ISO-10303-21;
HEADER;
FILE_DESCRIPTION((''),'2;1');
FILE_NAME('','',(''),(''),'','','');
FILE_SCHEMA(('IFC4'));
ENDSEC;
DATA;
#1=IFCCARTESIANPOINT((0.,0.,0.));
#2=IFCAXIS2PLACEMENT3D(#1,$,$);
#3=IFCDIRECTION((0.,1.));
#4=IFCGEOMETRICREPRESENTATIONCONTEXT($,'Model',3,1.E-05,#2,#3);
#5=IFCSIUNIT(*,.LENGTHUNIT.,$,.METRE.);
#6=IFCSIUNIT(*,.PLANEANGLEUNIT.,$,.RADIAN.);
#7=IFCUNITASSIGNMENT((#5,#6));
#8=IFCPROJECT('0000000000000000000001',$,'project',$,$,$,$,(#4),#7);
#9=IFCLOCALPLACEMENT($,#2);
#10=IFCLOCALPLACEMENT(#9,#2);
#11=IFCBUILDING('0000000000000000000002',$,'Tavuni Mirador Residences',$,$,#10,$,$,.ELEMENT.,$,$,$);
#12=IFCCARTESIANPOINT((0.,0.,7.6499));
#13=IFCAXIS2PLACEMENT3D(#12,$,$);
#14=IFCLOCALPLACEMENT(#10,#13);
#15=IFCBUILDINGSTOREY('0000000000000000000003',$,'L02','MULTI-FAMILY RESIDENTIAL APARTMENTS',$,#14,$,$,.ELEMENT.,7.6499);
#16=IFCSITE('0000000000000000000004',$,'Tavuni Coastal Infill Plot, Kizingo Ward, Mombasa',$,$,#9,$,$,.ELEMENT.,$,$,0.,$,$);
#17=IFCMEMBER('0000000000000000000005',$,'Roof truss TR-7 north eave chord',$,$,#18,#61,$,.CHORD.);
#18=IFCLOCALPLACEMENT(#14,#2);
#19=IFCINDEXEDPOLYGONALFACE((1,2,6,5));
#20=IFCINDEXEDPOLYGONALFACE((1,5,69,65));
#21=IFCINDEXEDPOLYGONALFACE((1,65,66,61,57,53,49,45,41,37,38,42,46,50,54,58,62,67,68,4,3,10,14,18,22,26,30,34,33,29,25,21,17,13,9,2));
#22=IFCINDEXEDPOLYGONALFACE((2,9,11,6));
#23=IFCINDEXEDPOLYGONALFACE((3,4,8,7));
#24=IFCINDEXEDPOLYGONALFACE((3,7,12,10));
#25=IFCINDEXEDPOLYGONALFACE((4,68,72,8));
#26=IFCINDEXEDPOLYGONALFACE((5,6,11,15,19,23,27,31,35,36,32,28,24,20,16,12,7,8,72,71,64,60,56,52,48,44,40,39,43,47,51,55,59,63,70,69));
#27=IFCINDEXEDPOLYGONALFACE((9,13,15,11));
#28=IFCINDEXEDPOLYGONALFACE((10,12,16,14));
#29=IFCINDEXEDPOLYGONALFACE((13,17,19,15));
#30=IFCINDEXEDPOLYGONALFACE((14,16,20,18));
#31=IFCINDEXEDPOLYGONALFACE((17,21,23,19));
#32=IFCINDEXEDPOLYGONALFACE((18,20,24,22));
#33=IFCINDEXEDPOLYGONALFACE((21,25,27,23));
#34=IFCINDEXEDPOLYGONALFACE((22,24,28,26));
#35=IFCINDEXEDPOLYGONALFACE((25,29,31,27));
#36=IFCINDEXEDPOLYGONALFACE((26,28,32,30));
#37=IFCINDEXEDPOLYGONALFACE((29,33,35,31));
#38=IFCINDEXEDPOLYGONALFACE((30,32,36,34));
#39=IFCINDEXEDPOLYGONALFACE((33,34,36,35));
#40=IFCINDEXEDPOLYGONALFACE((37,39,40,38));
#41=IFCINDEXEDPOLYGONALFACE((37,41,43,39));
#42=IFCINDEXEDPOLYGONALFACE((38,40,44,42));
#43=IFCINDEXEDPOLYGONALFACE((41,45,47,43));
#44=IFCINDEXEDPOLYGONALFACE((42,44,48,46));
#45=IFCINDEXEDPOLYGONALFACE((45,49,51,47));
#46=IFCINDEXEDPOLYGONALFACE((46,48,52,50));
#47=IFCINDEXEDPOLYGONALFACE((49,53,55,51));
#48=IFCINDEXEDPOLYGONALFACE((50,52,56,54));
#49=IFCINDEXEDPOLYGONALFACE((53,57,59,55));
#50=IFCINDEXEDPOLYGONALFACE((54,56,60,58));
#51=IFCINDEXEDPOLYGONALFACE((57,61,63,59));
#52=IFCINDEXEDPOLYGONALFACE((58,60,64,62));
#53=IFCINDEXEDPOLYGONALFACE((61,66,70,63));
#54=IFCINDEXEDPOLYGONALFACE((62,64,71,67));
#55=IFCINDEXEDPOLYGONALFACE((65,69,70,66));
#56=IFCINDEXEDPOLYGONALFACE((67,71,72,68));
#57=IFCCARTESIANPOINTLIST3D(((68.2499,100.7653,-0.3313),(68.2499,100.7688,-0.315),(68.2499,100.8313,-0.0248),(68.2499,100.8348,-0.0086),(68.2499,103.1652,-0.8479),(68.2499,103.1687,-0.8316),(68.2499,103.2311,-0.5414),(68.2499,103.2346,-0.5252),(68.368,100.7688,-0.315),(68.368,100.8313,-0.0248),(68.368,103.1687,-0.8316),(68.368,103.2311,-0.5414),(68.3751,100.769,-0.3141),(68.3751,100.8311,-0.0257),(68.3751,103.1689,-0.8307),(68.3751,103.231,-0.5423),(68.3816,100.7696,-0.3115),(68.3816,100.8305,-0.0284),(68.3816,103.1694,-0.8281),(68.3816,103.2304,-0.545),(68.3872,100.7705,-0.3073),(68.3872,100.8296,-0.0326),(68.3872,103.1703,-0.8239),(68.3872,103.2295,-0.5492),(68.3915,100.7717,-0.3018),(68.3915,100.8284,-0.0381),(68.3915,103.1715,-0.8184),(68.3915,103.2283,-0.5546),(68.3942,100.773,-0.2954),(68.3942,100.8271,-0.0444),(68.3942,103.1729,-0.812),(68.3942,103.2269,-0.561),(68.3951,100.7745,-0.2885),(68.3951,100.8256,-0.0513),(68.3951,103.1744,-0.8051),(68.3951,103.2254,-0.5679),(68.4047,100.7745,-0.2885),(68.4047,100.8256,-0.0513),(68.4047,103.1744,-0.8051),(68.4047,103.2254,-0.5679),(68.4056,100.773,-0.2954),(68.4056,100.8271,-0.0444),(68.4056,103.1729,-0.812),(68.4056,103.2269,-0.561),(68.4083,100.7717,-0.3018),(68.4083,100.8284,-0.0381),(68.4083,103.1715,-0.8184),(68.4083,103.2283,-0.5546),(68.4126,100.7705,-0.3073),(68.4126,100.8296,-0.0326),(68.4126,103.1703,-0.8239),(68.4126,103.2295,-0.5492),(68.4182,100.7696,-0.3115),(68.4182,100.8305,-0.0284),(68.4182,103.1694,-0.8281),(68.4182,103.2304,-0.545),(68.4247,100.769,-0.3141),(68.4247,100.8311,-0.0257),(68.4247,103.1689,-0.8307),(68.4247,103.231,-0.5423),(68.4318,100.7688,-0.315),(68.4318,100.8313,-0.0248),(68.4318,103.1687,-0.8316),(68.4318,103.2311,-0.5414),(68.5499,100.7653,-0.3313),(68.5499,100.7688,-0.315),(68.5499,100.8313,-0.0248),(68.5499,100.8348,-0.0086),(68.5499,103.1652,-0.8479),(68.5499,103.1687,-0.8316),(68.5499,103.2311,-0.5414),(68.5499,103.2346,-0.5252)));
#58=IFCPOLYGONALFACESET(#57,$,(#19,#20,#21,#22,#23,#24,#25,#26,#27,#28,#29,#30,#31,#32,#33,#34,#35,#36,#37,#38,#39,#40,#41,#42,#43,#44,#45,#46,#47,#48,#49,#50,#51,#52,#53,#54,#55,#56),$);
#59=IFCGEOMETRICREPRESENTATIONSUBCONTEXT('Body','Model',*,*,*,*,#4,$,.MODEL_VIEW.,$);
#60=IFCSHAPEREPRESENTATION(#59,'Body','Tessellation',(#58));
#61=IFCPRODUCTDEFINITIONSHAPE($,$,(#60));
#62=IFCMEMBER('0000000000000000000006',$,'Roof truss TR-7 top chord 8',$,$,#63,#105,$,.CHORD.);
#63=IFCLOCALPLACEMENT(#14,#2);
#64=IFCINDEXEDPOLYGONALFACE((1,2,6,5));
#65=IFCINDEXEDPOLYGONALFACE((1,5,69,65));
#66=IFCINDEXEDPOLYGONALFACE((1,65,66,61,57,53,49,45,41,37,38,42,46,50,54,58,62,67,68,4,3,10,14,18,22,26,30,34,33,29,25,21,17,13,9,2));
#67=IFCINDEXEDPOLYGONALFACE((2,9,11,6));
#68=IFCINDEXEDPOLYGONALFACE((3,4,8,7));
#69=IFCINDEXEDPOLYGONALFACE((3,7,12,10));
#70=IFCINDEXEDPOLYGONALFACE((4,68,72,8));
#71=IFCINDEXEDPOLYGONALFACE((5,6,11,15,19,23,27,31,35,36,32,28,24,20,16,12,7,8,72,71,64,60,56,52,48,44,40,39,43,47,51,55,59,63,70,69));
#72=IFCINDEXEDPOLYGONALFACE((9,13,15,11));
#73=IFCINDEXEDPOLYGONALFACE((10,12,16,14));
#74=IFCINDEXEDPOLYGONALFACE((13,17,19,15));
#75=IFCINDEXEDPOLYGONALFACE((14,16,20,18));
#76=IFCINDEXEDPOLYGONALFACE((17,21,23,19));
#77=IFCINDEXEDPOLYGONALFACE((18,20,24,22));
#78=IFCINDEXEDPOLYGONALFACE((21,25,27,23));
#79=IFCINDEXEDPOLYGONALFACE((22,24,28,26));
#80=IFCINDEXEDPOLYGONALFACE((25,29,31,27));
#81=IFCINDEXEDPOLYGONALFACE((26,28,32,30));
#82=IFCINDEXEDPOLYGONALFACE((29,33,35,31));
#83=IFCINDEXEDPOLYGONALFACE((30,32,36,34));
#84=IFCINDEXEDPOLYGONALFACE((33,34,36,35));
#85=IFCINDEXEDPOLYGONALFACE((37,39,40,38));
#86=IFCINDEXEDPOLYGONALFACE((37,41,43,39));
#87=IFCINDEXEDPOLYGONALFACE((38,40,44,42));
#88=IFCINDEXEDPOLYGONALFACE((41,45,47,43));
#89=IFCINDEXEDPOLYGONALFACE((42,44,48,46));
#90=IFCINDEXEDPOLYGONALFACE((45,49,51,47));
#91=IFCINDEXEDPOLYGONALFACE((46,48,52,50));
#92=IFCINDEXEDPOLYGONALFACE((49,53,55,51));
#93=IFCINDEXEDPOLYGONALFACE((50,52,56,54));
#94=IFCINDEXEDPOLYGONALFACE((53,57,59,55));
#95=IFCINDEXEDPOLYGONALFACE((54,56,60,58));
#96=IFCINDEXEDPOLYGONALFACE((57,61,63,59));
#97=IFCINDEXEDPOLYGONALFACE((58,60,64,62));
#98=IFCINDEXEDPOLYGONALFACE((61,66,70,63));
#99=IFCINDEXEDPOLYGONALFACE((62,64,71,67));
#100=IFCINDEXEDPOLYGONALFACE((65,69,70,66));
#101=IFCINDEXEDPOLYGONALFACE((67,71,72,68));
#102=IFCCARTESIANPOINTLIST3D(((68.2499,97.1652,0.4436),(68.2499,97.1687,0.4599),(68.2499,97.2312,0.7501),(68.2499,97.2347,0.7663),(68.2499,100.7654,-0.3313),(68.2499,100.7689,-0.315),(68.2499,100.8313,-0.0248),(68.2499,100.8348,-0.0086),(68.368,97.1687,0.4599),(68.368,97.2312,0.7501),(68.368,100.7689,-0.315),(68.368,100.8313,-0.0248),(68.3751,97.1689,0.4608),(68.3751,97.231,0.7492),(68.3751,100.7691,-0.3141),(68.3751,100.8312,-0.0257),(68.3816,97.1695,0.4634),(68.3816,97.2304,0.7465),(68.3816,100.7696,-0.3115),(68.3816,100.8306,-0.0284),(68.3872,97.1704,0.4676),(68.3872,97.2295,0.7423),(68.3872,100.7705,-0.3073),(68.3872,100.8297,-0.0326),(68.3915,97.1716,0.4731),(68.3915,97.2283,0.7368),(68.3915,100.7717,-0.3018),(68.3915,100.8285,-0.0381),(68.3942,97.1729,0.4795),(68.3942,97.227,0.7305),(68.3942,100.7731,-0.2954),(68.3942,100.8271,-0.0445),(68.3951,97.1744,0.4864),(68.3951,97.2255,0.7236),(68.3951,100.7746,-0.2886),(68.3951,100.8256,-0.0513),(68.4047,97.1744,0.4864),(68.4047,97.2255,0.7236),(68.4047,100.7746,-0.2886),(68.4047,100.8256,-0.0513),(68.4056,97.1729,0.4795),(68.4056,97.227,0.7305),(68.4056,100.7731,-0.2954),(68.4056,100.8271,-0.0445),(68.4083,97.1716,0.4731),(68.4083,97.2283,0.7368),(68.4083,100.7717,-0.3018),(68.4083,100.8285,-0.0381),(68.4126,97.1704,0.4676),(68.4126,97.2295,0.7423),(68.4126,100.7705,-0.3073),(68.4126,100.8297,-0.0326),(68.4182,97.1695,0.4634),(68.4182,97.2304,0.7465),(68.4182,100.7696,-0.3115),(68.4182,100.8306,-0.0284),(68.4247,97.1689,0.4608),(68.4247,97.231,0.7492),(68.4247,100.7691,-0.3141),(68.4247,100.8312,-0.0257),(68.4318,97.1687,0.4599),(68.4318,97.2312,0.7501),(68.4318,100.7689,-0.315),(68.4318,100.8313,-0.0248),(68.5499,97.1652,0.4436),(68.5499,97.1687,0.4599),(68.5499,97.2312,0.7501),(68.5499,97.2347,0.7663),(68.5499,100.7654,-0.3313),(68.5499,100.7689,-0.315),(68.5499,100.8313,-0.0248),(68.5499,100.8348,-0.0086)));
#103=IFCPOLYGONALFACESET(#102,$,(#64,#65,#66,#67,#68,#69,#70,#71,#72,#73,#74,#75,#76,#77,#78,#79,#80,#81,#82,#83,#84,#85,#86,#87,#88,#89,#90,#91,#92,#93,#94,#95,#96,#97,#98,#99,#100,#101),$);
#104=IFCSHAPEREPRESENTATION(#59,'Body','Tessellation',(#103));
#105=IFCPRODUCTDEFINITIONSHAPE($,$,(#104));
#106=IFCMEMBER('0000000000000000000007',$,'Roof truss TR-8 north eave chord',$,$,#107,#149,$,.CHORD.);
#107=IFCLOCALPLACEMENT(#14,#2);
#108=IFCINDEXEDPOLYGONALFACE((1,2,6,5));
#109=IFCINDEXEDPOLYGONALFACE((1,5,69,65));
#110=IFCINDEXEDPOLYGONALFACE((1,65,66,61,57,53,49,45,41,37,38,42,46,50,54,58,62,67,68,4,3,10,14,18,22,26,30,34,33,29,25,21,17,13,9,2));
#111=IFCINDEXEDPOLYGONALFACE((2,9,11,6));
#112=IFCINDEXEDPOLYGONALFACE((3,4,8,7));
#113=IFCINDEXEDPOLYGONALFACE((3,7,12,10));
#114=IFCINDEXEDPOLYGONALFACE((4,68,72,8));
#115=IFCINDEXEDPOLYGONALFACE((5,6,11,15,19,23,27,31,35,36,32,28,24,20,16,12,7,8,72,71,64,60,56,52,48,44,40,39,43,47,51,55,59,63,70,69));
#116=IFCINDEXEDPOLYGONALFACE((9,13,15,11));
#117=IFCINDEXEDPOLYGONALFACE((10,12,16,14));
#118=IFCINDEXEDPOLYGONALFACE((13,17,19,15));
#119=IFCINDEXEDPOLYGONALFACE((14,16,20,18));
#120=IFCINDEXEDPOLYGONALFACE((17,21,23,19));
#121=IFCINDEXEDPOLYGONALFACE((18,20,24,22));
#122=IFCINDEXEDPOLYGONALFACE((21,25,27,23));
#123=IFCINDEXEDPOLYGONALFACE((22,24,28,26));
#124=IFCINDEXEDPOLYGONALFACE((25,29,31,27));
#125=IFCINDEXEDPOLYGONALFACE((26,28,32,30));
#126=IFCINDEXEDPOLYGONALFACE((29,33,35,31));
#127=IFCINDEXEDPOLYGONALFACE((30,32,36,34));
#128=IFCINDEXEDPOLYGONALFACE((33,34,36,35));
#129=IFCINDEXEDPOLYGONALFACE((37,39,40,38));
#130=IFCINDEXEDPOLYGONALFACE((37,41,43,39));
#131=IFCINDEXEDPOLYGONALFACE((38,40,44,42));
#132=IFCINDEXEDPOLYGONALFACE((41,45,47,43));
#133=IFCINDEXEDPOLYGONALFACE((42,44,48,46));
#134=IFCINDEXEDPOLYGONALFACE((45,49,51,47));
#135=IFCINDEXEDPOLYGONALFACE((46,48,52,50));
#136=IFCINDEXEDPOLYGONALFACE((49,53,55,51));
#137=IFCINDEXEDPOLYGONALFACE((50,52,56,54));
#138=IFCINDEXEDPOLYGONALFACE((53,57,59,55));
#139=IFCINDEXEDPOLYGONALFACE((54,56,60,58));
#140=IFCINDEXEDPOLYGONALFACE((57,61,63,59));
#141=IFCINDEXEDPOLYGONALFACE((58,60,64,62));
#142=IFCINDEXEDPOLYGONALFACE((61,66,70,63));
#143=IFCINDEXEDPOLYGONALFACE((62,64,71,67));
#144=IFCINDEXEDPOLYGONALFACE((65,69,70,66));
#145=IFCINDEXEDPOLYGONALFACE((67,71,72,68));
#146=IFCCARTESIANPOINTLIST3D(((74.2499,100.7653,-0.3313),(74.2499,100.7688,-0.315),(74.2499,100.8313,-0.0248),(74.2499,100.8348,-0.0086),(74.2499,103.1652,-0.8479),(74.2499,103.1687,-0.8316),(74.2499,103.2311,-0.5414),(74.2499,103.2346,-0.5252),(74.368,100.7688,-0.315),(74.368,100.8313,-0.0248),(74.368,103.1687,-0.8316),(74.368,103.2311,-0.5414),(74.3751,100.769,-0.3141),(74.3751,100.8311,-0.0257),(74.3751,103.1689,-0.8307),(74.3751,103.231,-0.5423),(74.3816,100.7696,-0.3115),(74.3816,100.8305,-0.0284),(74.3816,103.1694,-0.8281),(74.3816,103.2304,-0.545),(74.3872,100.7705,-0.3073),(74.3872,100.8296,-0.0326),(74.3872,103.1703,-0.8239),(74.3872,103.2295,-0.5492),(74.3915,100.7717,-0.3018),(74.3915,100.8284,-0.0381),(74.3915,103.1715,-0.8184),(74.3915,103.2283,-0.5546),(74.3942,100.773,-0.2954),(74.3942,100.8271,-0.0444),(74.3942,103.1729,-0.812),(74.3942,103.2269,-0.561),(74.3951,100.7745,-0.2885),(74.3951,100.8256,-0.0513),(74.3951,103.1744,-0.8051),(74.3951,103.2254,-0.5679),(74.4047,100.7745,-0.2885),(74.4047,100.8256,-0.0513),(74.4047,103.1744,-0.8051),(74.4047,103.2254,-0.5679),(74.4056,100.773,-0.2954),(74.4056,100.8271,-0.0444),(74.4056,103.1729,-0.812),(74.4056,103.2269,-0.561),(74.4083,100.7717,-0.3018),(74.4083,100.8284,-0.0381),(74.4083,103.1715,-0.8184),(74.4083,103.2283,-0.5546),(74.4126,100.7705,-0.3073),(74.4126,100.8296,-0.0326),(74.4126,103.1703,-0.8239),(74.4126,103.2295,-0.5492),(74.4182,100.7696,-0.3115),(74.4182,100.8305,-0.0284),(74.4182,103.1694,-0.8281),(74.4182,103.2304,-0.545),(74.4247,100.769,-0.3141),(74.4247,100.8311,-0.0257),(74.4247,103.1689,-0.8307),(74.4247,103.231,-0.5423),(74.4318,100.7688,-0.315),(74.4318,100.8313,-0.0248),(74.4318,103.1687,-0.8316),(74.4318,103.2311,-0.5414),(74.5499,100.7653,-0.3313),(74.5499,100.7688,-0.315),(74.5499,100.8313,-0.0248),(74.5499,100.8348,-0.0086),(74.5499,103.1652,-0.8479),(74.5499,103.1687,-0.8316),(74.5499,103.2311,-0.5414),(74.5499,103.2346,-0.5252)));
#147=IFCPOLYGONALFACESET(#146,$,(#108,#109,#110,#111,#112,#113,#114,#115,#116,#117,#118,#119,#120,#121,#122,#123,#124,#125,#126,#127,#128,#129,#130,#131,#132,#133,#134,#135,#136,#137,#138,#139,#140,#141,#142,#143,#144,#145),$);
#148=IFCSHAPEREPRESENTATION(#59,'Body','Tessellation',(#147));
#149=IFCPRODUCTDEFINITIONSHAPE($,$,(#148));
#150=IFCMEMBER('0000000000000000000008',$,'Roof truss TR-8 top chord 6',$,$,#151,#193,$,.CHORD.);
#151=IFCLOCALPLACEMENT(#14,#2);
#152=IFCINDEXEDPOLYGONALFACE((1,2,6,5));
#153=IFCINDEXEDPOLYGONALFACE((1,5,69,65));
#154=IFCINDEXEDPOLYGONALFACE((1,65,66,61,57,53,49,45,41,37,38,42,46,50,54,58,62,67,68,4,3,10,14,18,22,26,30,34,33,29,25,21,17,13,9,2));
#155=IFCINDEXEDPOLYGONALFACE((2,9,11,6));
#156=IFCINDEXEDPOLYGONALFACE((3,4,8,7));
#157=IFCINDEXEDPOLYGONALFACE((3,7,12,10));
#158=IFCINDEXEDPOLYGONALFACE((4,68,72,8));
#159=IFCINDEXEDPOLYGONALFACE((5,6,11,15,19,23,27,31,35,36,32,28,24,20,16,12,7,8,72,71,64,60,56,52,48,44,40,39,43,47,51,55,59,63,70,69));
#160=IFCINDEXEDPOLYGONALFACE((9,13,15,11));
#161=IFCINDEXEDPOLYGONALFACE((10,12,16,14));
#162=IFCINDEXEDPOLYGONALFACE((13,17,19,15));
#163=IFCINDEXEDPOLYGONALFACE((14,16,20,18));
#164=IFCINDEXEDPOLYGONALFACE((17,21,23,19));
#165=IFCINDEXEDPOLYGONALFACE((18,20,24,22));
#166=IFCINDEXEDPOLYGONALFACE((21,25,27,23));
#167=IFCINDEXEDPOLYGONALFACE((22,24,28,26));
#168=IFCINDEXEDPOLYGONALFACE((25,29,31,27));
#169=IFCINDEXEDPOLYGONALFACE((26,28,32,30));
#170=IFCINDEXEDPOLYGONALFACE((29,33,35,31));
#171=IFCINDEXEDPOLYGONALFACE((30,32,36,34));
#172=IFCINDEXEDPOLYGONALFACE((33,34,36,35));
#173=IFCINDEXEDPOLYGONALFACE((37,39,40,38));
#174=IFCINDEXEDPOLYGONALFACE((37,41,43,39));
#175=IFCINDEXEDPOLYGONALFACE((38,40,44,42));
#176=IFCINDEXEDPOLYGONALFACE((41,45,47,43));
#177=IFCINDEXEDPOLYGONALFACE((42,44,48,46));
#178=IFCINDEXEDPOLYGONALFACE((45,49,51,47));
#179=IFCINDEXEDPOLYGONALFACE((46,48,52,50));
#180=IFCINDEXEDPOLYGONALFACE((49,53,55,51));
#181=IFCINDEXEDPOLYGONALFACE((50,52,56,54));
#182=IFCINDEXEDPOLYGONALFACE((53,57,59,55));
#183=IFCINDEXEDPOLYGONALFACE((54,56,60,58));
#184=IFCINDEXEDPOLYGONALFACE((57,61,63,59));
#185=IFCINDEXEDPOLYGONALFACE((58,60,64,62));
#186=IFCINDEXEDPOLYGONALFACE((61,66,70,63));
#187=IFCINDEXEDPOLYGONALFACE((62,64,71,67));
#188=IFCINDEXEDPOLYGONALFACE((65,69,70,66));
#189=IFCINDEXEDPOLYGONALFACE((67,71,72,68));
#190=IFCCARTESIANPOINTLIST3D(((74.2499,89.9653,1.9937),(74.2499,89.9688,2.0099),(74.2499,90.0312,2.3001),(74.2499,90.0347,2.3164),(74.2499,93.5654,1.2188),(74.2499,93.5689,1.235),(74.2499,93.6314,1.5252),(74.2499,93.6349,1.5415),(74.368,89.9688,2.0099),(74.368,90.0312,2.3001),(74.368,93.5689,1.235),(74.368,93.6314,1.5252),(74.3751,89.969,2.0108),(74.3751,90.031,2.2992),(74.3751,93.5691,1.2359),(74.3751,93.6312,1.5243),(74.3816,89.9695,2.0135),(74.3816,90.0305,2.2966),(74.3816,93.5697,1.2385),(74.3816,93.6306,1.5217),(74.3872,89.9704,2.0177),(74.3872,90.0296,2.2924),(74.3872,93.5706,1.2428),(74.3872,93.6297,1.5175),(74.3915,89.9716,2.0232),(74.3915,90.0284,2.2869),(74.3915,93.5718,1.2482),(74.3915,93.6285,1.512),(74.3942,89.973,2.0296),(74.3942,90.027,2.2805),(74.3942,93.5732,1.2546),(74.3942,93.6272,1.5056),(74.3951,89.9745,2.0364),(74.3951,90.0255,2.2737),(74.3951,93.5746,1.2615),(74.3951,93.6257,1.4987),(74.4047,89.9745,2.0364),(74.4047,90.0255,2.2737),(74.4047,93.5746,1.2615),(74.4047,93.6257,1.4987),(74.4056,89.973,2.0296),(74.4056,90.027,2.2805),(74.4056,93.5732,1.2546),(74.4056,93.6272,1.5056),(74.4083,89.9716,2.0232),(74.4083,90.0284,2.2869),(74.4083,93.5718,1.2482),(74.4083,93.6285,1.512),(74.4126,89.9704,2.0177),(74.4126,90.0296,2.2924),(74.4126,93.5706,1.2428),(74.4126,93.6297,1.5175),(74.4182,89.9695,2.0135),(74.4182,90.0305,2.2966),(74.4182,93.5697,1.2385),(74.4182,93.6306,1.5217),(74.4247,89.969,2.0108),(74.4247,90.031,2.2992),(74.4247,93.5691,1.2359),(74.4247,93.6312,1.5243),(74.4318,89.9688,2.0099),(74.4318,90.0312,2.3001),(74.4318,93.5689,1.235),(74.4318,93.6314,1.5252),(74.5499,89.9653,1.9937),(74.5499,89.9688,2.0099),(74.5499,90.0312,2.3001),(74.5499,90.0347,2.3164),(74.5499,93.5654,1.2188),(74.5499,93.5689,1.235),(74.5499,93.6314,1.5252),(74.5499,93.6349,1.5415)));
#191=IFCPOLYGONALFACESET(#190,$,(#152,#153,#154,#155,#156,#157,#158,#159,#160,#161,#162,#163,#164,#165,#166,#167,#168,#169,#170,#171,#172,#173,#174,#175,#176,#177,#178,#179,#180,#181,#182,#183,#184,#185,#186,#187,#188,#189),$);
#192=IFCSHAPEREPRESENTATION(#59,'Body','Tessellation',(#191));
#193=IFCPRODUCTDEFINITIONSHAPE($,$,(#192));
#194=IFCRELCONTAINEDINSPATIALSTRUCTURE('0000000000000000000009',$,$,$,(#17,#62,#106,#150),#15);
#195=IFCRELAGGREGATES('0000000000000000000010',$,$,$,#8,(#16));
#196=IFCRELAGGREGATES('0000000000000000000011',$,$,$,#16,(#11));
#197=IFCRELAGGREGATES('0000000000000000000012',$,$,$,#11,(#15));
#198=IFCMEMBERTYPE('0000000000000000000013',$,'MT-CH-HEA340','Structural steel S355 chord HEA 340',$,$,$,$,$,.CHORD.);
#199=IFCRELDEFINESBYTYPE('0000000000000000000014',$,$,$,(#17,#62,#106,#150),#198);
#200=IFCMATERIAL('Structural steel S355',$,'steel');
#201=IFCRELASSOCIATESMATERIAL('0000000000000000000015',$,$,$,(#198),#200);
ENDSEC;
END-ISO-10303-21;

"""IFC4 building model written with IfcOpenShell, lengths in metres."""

from ifc_helpers import new_model, si_unit, direction, frame, origin, origin_2d, place, context, subcontext, project, spatial, i_section, extrude, material, material_profile, profile_set, type_object, element, save


model = new_model("IFC4")

# Units and contexts
model_context = context("Model", 3, precision=1e-05, world=origin(), true_north=direction((0.0, 1.0)))
body_context = subcontext(model_context, "Body", "Model", "MODEL_VIEW")
ifc_project = project(units=[si_unit("LENGTHUNIT", "METRE"), si_unit("PLANEANGLEUNIT", "RADIAN")], contexts=[model_context])

# Site, building, storey
site_placement = place(None, origin())
site = spatial("IfcSite", under=ifc_project, at=site_placement, Name="Tavuni Coastal Infill Plot, Kizingo Ward, Mombasa", CompositionType="ELEMENT", RefElevation=0.0)
building_placement = place(site_placement, origin())
building = spatial("IfcBuilding", under=site, at=building_placement, Name="Tavuni Mirador Residences", CompositionType="ELEMENT")
storey_placement = place(building_placement, frame((0.0, 0.0, 7.6499)))
storey = spatial("IfcBuildingStorey", under=building, at=storey_placement, Name="L02", Description="MULTI-FAMILY RESIDENTIAL APARTMENTS", CompositionType="ELEMENT", Elevation=7.6499)

# Members
ifc_material_1 = material(Name="Structural steel S355", Category="steel")
ifc_material_profile_1 = material_profile(ifc_material_1, i_section(OverallWidth=0.3, OverallDepth=0.3301, WebThickness=0.0095, FlangeThickness=0.0166, FilletRadius=0.0271, at=origin_2d()), Name="HEA 340", Category="steel")
ifc_profile_set_1 = profile_set([ifc_material_profile_1], Name="Structural steel S355")
member_type_1 = type_object("IfcMemberType", Name="MT-CH-HEA340", Description="Structural steel S355 chord HEA 340", PredefinedType="CHORD", material=ifc_profile_set_1)
member_1_placement = place(storey_placement, frame((68.3999, 100.8, -0.1699), z_axis=(0.0, 0.977607, -0.210439), x_axis=(-1.0, 0.0, 0.0)))
element("IfcMember", 1, at=member_1_placement, inside=storey, type_object=member_type_1, Name="Roof truss TR-7 north eave chord", PredefinedType="CHORD", context=body_context, shape_type="SweptSolid", body=[
    extrude(i_section(OverallWidth=0.3, OverallDepth=0.3301, WebThickness=0.0095, FlangeThickness=0.0166, FilletRadius=0.0271, at=origin_2d()), origin(), (0.0, 0.0, 1.0), 2.4548),
])
member_2_placement = place(storey_placement, frame((68.3999, 97.2, 0.605), z_axis=(0.0, 0.97761, -0.210425), x_axis=(-1.0, 0.0, 0.0)))
element("IfcMember", 2, at=member_2_placement, inside=storey, type_object=member_type_1, Name="Roof truss TR-7 top chord 8", PredefinedType="CHORD", context=body_context, shape_type="SweptSolid", body=[
    extrude(i_section(OverallWidth=0.3, OverallDepth=0.3301, WebThickness=0.0095, FlangeThickness=0.0166, FilletRadius=0.0271, at=origin_2d()), origin(), (0.0, 0.0, 1.0), 3.6826),
])
member_3_placement = place(storey_placement, frame((74.3999, 100.8, -0.1699), z_axis=(0.0, 0.977607, -0.210439), x_axis=(-1.0, 0.0, 0.0)))
element("IfcMember", 3, at=member_3_placement, inside=storey, type_object=member_type_1, Name="Roof truss TR-8 north eave chord", PredefinedType="CHORD", context=body_context, shape_type="SweptSolid", body=[
    extrude(i_section(OverallWidth=0.3, OverallDepth=0.3301, WebThickness=0.0095, FlangeThickness=0.0166, FilletRadius=0.0271, at=origin_2d()), origin(), (0.0, 0.0, 1.0), 2.4548),
])
member_4_placement = place(storey_placement, frame((74.3999, 90.0, 2.155), z_axis=(0.0, 0.97761, -0.210425), x_axis=(-1.0, 0.0, 0.0)))
element("IfcMember", 4, at=member_4_placement, inside=storey, type_object=member_type_1, Name="Roof truss TR-8 top chord 6", PredefinedType="CHORD", context=body_context, shape_type="SweptSolid", body=[
    extrude(i_section(OverallWidth=0.3, OverallDepth=0.3301, WebThickness=0.0095, FlangeThickness=0.0166, FilletRadius=0.0271, at=origin_2d()), origin(), (0.0, 0.0, 1.0), 3.6826),
])

save(model, "model.ifc")
